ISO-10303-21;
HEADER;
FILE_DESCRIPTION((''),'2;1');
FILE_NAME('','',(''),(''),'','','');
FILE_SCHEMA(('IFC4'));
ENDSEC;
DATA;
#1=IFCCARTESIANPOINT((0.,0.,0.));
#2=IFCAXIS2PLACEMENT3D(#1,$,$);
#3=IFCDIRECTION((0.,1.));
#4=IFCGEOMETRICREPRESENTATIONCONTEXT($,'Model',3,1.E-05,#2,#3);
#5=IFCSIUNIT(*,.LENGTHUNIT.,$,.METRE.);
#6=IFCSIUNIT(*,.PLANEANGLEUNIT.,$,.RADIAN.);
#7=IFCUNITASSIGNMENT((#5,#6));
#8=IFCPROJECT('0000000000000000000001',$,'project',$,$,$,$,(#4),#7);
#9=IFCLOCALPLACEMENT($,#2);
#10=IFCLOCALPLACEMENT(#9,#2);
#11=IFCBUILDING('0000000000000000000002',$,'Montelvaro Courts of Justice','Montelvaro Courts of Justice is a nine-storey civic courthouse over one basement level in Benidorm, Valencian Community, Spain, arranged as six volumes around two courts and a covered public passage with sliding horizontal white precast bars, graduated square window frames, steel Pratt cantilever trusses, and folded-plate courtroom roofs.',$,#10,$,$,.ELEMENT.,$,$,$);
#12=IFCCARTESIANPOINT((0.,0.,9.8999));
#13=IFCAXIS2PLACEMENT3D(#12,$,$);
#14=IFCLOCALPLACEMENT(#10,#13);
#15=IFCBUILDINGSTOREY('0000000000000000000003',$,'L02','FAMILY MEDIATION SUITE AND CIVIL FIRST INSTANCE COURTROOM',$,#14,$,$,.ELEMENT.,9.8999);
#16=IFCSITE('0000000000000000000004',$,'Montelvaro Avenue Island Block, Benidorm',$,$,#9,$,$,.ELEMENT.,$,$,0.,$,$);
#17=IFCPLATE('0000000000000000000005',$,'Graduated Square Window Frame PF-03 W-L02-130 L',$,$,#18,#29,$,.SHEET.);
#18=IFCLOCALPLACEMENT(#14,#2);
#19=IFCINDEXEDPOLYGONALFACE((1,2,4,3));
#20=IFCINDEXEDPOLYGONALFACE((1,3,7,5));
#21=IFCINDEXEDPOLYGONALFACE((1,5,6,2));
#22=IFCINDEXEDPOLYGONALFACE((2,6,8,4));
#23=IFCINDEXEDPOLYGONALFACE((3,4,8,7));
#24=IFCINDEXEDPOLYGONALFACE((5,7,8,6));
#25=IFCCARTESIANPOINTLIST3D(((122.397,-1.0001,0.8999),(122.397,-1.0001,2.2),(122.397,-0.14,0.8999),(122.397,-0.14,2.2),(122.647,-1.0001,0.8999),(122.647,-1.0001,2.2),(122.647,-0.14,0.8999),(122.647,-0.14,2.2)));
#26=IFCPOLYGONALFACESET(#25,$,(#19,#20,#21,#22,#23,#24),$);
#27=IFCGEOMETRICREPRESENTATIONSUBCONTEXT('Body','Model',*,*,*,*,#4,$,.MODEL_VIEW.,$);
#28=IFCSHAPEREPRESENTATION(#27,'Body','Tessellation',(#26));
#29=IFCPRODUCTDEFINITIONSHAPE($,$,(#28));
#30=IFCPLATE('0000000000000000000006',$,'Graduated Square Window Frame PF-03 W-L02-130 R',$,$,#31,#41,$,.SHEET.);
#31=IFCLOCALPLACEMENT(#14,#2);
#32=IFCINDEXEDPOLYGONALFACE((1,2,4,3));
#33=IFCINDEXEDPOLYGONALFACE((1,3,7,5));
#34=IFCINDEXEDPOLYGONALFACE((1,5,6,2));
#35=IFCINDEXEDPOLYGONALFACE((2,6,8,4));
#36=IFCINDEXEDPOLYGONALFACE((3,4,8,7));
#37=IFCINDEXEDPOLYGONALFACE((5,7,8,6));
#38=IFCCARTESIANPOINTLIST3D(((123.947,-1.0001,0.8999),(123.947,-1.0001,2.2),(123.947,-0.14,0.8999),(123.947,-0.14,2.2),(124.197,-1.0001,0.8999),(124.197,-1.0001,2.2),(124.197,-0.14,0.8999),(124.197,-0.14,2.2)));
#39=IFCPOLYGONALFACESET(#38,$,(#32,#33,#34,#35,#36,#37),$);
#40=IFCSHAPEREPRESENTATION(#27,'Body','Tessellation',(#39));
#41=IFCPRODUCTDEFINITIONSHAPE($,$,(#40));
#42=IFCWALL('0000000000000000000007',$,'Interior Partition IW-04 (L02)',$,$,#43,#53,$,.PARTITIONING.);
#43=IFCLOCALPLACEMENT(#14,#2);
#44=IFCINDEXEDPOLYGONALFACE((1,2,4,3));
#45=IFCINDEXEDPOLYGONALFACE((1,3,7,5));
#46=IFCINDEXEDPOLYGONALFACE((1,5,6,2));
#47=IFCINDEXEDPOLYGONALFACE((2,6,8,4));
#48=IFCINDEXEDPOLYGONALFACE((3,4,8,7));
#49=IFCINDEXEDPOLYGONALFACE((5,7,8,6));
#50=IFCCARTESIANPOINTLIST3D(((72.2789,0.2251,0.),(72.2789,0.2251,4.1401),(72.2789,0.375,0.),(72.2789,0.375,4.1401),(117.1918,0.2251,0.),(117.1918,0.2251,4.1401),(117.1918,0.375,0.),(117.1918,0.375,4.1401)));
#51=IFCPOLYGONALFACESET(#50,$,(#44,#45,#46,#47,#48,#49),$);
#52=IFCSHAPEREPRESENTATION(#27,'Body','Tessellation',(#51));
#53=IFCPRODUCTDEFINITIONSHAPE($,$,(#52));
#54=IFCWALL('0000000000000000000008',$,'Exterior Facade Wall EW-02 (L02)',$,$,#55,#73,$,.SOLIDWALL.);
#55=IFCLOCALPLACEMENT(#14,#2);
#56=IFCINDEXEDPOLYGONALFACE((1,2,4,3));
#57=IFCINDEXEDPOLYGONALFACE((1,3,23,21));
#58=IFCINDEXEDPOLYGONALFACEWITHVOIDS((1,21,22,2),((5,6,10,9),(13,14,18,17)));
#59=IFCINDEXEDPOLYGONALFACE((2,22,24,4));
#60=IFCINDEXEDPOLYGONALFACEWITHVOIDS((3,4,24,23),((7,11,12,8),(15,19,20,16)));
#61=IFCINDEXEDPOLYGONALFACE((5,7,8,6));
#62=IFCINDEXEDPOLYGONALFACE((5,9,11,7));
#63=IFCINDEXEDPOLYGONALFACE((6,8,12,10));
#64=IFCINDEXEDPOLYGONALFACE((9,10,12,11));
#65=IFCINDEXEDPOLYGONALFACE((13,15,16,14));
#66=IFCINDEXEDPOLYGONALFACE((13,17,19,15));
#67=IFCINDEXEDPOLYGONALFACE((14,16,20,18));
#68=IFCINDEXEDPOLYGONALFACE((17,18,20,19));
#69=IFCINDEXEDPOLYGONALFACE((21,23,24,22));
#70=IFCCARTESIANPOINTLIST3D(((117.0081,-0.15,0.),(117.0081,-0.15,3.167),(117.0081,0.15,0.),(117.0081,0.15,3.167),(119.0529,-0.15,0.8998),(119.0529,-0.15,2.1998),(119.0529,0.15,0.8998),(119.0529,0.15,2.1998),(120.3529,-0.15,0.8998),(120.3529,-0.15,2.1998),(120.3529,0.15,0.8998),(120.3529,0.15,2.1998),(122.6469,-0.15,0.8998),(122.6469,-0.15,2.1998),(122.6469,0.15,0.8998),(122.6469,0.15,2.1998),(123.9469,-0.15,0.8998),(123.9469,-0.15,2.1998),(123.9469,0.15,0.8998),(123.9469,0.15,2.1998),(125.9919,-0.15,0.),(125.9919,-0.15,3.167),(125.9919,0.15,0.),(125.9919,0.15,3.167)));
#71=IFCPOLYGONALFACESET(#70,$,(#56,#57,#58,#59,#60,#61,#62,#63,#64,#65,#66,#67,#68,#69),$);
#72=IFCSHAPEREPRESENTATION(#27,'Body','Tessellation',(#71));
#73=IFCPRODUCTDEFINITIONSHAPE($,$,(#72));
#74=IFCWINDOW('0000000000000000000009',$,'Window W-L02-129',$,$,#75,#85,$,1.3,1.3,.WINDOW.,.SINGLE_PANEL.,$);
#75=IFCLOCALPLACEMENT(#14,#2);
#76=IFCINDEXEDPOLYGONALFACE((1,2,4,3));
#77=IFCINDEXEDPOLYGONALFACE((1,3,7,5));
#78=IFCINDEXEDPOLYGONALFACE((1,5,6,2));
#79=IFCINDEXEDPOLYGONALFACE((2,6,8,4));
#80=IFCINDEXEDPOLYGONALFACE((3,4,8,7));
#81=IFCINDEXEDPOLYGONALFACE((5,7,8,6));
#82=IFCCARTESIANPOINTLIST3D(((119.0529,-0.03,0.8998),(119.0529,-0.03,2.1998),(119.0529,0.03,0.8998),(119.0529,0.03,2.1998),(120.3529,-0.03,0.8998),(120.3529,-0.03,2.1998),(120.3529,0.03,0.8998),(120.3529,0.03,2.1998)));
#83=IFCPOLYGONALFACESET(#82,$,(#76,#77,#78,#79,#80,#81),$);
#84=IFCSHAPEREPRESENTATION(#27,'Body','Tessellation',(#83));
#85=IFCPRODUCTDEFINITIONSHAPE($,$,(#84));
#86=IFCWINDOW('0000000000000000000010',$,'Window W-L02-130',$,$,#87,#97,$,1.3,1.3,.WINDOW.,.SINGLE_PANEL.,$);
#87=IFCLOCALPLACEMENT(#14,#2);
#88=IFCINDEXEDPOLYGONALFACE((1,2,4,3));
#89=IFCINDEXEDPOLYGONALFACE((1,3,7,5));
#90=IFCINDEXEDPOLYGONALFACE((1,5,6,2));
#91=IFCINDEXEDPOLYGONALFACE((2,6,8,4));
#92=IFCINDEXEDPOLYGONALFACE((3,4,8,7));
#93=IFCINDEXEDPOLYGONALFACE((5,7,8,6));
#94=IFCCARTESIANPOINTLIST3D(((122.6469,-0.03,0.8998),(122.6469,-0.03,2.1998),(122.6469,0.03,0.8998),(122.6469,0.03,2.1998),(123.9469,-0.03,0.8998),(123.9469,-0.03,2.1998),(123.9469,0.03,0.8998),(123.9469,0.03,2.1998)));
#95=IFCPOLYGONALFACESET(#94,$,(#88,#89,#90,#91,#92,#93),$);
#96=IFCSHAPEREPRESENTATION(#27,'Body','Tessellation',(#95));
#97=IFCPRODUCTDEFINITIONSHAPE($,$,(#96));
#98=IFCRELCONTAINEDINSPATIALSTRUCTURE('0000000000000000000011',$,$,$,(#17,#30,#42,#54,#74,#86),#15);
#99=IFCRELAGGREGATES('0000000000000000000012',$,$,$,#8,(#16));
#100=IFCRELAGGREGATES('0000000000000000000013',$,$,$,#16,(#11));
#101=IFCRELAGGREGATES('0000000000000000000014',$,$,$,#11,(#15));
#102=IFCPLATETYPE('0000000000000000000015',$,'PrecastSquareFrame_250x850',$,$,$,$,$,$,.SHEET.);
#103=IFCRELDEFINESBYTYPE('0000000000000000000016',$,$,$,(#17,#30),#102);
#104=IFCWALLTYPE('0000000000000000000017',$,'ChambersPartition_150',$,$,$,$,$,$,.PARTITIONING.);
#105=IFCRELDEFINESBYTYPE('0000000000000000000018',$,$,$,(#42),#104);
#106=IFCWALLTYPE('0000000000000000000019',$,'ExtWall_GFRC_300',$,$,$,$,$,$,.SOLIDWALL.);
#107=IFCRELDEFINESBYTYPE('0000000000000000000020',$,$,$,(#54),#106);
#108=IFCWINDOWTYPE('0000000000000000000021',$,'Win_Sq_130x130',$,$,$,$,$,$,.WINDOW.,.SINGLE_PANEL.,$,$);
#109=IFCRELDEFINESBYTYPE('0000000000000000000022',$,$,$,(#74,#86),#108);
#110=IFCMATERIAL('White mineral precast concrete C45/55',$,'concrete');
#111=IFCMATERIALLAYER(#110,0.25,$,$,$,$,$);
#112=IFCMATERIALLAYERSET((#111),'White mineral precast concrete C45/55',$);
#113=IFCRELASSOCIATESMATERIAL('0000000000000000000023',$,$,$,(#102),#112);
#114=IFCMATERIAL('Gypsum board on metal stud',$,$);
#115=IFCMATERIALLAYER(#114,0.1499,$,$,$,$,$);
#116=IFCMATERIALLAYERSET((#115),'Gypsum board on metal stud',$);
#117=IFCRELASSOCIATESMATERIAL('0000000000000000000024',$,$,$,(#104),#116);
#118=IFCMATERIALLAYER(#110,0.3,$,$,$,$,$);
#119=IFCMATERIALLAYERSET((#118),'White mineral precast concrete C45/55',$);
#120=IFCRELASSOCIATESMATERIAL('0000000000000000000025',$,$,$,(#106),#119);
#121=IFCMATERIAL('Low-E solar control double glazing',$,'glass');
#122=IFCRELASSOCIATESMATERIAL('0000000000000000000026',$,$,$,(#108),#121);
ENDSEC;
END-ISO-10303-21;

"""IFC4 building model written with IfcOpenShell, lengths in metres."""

from ifc_helpers import new_model, si_unit, direction, frame, frame_2d, origin, origin_2d, place, context, subcontext, project, spatial, rectangle, extrude, material, layer, layer_set, type_object, element, fill, save


model = new_model("IFC4")

# Units and contexts
model_context = context("Model", 3, precision=1e-05, world=origin(), true_north=direction((0.0, 1.0)))
body_context = subcontext(model_context, "Body", "Model", "MODEL_VIEW")
ifc_project = project(units=[si_unit("LENGTHUNIT", "METRE"), si_unit("PLANEANGLEUNIT", "RADIAN")], contexts=[model_context])

# Site, building, storey
site_placement = place(None, origin())
site = spatial("IfcSite", under=ifc_project, at=site_placement, Name="Montelvaro Avenue Island Block, Benidorm", CompositionType="ELEMENT", RefElevation=0.0)
building_placement = place(site_placement, origin())
building = spatial("IfcBuilding", under=site, at=building_placement, Name="Montelvaro Courts of Justice", Description="Montelvaro Courts of Justice is a nine-storey civic courthouse over one basement level in Benidorm, Valencian Community, Spain, arranged as six volumes around two courts and a covered public passage with sliding horizontal white precast bars, graduated square window frames, steel Pratt cantilever trusses, and folded-plate courtroom roofs.", CompositionType="ELEMENT")
storey_placement = place(building_placement, frame((0.0, 0.0, 9.8999)))
storey = spatial("IfcBuildingStorey", under=building, at=storey_placement, Name="L02", Description="FAMILY MEDIATION SUITE AND CIVIL FIRST INSTANCE COURTROOM", CompositionType="ELEMENT", Elevation=9.8999)

# Plates
ifc_material_1 = material(Name="White mineral precast concrete C45/55", Category="concrete")
ifc_layer_1 = layer(ifc_material_1, 0.25)
ifc_layer_set_1 = layer_set([ifc_layer_1], Name="White mineral precast concrete C45/55")
plate_type = type_object("IfcPlateType", Name="PrecastSquareFrame_250x850", PredefinedType="SHEET", material=ifc_layer_set_1)
for number, where, z_axis, x_axis, name in (
    (1, (122.522, -0.5701, 0.8999), (0.0, 0.0, 1.0), (1.0, 0.0, 0.0), "Graduated Square Window Frame PF-03 W-L02-130 L"),
    (2, (124.072, -0.5701, 0.8999), (0.0, 0.0, 1.0), (1.0, 0.0, 0.0), "Graduated Square Window Frame PF-03 W-L02-130 R"),
):
    element("IfcPlate", number, at=place(storey_placement, frame(where, z_axis=z_axis, x_axis=x_axis)), inside=storey, type_object=plate_type, Name=name, PredefinedType="SHEET", context=body_context, shape_type="SweptSolid", body=[
        extrude(rectangle(XDim=0.25, YDim=0.8601, at=origin_2d()), origin(), (0.0, 0.0, 1.0), 1.3),
    ])

# Wall
ifc_material_2 = material(Name="Gypsum board on metal stud")
ifc_layer_2 = layer(ifc_material_2, 0.1499)
ifc_layer_set_2 = layer_set([ifc_layer_2], Name="Gypsum board on metal stud")
wall_type_1 = type_object("IfcWallType", Name="ChambersPartition_150", PredefinedType="PARTITIONING", material=ifc_layer_set_2)
wall_1_placement = place(storey_placement, frame((117.1919, 0.3, 0.0), z_axis=(0.0, 0.0, 1.0), x_axis=(-1.0, 0.0, 0.0)))
element("IfcWall", 3, at=wall_1_placement, inside=storey, type_object=wall_type_1, Name="Interior Partition IW-04 (L02)", PredefinedType="PARTITIONING", context=body_context, shape_type="SweptSolid", body=[
    extrude(rectangle(XDim=44.9128, YDim=0.1499, at=frame_2d((22.4565, 0.0))), origin(), (0.0, 0.0, 1.0), 4.1401),
])

# Wall, openings, windows
ifc_layer_3 = layer(ifc_material_1, 0.3)
ifc_layer_set_3 = layer_set([ifc_layer_3], Name="White mineral precast concrete C45/55")
wall_type_2 = type_object("IfcWallType", Name="ExtWall_GFRC_300", PredefinedType="SOLIDWALL", material=ifc_layer_set_3)
wall_2_placement = place(storey_placement, frame((117.0081, 0.0, 0.0), z_axis=(0.0, 0.0, 1.0), x_axis=(1.0, 0.0, 0.0)))
wall_2 = element("IfcWall", 4, at=wall_2_placement, inside=storey, type_object=wall_type_2, Name="Exterior Facade Wall EW-02 (L02)", PredefinedType="SOLIDWALL", context=body_context, shape_type="SweptSolid", body=[
    extrude(rectangle(XDim=8.9839, YDim=0.3, at=frame_2d((4.4919, 0.0))), origin(), (0.0, 0.0, 1.0), 3.167),
])
opening_1_placement = place(wall_2_placement, frame((2.0449, 0.0, 0.8999)))
opening_1 = element("IfcOpeningElement", 5, at=opening_1_placement, cuts=wall_2, PredefinedType="OPENING", context=body_context, shape_type="SweptSolid", body=[
    extrude(rectangle(XDim=1.3, YDim=1.3, at=frame_2d((0.6499, 0.6499))), frame((0.0, 0.165, 0.0), z_axis=(0.0, -1.0, 0.0), x_axis=(1.0, 0.0, 0.0)), (0.0, 0.0, 1.0), 0.3298),
])
opening_2_placement = place(wall_2_placement, frame((5.6389, 0.0, 0.8999)))
opening_2 = element("IfcOpeningElement", 6, at=opening_2_placement, cuts=wall_2, PredefinedType="OPENING", context=body_context, shape_type="SweptSolid", body=[
    extrude(rectangle(XDim=1.3, YDim=1.3, at=frame_2d((0.6499, 0.6499))), frame((0.0, 0.165, 0.0), z_axis=(0.0, -1.0, 0.0), x_axis=(1.0, 0.0, 0.0)), (0.0, 0.0, 1.0), 0.3298),
])
ifc_material_3 = material(Name="Low-E solar control double glazing", Category="glass")
window_type = type_object("IfcWindowType", Name="Win_Sq_130x130", PartitioningType="SINGLE_PANEL", PredefinedType="WINDOW", material=ifc_material_3)
window_1_placement = place(opening_1_placement, origin())
window_1 = element("IfcWindow", 7, at=window_1_placement, inside=storey, type_object=window_type, Name="Window W-L02-129", OverallHeight=1.3, OverallWidth=1.3, PartitioningType="SINGLE_PANEL", PredefinedType="WINDOW", context=body_context, shape_type="SweptSolid", body=[
    extrude(rectangle(XDim=1.3, YDim=1.3, at=frame_2d((0.6499, 0.6499))), frame((0.0, 0.03, 0.0), z_axis=(0.0, -1.0, 0.0), x_axis=(1.0, 0.0, 0.0)), (0.0, 0.0, 1.0), 0.0601),
])
fill(opening_1, window_1)
window_2_placement = place(opening_2_placement, origin())
window_2 = element("IfcWindow", 8, at=window_2_placement, inside=storey, type_object=window_type, Name="Window W-L02-130", OverallHeight=1.3, OverallWidth=1.3, PartitioningType="SINGLE_PANEL", PredefinedType="WINDOW", context=body_context, shape_type="SweptSolid", body=[
    extrude(rectangle(XDim=1.3, YDim=1.3, at=frame_2d((0.6499, 0.6499))), frame((0.0, 0.03, 0.0), z_axis=(0.0, -1.0, 0.0), x_axis=(1.0, 0.0, 0.0)), (0.0, 0.0, 1.0), 0.0601),
])
fill(opening_2, window_2)

save(model, "model.ifc")
